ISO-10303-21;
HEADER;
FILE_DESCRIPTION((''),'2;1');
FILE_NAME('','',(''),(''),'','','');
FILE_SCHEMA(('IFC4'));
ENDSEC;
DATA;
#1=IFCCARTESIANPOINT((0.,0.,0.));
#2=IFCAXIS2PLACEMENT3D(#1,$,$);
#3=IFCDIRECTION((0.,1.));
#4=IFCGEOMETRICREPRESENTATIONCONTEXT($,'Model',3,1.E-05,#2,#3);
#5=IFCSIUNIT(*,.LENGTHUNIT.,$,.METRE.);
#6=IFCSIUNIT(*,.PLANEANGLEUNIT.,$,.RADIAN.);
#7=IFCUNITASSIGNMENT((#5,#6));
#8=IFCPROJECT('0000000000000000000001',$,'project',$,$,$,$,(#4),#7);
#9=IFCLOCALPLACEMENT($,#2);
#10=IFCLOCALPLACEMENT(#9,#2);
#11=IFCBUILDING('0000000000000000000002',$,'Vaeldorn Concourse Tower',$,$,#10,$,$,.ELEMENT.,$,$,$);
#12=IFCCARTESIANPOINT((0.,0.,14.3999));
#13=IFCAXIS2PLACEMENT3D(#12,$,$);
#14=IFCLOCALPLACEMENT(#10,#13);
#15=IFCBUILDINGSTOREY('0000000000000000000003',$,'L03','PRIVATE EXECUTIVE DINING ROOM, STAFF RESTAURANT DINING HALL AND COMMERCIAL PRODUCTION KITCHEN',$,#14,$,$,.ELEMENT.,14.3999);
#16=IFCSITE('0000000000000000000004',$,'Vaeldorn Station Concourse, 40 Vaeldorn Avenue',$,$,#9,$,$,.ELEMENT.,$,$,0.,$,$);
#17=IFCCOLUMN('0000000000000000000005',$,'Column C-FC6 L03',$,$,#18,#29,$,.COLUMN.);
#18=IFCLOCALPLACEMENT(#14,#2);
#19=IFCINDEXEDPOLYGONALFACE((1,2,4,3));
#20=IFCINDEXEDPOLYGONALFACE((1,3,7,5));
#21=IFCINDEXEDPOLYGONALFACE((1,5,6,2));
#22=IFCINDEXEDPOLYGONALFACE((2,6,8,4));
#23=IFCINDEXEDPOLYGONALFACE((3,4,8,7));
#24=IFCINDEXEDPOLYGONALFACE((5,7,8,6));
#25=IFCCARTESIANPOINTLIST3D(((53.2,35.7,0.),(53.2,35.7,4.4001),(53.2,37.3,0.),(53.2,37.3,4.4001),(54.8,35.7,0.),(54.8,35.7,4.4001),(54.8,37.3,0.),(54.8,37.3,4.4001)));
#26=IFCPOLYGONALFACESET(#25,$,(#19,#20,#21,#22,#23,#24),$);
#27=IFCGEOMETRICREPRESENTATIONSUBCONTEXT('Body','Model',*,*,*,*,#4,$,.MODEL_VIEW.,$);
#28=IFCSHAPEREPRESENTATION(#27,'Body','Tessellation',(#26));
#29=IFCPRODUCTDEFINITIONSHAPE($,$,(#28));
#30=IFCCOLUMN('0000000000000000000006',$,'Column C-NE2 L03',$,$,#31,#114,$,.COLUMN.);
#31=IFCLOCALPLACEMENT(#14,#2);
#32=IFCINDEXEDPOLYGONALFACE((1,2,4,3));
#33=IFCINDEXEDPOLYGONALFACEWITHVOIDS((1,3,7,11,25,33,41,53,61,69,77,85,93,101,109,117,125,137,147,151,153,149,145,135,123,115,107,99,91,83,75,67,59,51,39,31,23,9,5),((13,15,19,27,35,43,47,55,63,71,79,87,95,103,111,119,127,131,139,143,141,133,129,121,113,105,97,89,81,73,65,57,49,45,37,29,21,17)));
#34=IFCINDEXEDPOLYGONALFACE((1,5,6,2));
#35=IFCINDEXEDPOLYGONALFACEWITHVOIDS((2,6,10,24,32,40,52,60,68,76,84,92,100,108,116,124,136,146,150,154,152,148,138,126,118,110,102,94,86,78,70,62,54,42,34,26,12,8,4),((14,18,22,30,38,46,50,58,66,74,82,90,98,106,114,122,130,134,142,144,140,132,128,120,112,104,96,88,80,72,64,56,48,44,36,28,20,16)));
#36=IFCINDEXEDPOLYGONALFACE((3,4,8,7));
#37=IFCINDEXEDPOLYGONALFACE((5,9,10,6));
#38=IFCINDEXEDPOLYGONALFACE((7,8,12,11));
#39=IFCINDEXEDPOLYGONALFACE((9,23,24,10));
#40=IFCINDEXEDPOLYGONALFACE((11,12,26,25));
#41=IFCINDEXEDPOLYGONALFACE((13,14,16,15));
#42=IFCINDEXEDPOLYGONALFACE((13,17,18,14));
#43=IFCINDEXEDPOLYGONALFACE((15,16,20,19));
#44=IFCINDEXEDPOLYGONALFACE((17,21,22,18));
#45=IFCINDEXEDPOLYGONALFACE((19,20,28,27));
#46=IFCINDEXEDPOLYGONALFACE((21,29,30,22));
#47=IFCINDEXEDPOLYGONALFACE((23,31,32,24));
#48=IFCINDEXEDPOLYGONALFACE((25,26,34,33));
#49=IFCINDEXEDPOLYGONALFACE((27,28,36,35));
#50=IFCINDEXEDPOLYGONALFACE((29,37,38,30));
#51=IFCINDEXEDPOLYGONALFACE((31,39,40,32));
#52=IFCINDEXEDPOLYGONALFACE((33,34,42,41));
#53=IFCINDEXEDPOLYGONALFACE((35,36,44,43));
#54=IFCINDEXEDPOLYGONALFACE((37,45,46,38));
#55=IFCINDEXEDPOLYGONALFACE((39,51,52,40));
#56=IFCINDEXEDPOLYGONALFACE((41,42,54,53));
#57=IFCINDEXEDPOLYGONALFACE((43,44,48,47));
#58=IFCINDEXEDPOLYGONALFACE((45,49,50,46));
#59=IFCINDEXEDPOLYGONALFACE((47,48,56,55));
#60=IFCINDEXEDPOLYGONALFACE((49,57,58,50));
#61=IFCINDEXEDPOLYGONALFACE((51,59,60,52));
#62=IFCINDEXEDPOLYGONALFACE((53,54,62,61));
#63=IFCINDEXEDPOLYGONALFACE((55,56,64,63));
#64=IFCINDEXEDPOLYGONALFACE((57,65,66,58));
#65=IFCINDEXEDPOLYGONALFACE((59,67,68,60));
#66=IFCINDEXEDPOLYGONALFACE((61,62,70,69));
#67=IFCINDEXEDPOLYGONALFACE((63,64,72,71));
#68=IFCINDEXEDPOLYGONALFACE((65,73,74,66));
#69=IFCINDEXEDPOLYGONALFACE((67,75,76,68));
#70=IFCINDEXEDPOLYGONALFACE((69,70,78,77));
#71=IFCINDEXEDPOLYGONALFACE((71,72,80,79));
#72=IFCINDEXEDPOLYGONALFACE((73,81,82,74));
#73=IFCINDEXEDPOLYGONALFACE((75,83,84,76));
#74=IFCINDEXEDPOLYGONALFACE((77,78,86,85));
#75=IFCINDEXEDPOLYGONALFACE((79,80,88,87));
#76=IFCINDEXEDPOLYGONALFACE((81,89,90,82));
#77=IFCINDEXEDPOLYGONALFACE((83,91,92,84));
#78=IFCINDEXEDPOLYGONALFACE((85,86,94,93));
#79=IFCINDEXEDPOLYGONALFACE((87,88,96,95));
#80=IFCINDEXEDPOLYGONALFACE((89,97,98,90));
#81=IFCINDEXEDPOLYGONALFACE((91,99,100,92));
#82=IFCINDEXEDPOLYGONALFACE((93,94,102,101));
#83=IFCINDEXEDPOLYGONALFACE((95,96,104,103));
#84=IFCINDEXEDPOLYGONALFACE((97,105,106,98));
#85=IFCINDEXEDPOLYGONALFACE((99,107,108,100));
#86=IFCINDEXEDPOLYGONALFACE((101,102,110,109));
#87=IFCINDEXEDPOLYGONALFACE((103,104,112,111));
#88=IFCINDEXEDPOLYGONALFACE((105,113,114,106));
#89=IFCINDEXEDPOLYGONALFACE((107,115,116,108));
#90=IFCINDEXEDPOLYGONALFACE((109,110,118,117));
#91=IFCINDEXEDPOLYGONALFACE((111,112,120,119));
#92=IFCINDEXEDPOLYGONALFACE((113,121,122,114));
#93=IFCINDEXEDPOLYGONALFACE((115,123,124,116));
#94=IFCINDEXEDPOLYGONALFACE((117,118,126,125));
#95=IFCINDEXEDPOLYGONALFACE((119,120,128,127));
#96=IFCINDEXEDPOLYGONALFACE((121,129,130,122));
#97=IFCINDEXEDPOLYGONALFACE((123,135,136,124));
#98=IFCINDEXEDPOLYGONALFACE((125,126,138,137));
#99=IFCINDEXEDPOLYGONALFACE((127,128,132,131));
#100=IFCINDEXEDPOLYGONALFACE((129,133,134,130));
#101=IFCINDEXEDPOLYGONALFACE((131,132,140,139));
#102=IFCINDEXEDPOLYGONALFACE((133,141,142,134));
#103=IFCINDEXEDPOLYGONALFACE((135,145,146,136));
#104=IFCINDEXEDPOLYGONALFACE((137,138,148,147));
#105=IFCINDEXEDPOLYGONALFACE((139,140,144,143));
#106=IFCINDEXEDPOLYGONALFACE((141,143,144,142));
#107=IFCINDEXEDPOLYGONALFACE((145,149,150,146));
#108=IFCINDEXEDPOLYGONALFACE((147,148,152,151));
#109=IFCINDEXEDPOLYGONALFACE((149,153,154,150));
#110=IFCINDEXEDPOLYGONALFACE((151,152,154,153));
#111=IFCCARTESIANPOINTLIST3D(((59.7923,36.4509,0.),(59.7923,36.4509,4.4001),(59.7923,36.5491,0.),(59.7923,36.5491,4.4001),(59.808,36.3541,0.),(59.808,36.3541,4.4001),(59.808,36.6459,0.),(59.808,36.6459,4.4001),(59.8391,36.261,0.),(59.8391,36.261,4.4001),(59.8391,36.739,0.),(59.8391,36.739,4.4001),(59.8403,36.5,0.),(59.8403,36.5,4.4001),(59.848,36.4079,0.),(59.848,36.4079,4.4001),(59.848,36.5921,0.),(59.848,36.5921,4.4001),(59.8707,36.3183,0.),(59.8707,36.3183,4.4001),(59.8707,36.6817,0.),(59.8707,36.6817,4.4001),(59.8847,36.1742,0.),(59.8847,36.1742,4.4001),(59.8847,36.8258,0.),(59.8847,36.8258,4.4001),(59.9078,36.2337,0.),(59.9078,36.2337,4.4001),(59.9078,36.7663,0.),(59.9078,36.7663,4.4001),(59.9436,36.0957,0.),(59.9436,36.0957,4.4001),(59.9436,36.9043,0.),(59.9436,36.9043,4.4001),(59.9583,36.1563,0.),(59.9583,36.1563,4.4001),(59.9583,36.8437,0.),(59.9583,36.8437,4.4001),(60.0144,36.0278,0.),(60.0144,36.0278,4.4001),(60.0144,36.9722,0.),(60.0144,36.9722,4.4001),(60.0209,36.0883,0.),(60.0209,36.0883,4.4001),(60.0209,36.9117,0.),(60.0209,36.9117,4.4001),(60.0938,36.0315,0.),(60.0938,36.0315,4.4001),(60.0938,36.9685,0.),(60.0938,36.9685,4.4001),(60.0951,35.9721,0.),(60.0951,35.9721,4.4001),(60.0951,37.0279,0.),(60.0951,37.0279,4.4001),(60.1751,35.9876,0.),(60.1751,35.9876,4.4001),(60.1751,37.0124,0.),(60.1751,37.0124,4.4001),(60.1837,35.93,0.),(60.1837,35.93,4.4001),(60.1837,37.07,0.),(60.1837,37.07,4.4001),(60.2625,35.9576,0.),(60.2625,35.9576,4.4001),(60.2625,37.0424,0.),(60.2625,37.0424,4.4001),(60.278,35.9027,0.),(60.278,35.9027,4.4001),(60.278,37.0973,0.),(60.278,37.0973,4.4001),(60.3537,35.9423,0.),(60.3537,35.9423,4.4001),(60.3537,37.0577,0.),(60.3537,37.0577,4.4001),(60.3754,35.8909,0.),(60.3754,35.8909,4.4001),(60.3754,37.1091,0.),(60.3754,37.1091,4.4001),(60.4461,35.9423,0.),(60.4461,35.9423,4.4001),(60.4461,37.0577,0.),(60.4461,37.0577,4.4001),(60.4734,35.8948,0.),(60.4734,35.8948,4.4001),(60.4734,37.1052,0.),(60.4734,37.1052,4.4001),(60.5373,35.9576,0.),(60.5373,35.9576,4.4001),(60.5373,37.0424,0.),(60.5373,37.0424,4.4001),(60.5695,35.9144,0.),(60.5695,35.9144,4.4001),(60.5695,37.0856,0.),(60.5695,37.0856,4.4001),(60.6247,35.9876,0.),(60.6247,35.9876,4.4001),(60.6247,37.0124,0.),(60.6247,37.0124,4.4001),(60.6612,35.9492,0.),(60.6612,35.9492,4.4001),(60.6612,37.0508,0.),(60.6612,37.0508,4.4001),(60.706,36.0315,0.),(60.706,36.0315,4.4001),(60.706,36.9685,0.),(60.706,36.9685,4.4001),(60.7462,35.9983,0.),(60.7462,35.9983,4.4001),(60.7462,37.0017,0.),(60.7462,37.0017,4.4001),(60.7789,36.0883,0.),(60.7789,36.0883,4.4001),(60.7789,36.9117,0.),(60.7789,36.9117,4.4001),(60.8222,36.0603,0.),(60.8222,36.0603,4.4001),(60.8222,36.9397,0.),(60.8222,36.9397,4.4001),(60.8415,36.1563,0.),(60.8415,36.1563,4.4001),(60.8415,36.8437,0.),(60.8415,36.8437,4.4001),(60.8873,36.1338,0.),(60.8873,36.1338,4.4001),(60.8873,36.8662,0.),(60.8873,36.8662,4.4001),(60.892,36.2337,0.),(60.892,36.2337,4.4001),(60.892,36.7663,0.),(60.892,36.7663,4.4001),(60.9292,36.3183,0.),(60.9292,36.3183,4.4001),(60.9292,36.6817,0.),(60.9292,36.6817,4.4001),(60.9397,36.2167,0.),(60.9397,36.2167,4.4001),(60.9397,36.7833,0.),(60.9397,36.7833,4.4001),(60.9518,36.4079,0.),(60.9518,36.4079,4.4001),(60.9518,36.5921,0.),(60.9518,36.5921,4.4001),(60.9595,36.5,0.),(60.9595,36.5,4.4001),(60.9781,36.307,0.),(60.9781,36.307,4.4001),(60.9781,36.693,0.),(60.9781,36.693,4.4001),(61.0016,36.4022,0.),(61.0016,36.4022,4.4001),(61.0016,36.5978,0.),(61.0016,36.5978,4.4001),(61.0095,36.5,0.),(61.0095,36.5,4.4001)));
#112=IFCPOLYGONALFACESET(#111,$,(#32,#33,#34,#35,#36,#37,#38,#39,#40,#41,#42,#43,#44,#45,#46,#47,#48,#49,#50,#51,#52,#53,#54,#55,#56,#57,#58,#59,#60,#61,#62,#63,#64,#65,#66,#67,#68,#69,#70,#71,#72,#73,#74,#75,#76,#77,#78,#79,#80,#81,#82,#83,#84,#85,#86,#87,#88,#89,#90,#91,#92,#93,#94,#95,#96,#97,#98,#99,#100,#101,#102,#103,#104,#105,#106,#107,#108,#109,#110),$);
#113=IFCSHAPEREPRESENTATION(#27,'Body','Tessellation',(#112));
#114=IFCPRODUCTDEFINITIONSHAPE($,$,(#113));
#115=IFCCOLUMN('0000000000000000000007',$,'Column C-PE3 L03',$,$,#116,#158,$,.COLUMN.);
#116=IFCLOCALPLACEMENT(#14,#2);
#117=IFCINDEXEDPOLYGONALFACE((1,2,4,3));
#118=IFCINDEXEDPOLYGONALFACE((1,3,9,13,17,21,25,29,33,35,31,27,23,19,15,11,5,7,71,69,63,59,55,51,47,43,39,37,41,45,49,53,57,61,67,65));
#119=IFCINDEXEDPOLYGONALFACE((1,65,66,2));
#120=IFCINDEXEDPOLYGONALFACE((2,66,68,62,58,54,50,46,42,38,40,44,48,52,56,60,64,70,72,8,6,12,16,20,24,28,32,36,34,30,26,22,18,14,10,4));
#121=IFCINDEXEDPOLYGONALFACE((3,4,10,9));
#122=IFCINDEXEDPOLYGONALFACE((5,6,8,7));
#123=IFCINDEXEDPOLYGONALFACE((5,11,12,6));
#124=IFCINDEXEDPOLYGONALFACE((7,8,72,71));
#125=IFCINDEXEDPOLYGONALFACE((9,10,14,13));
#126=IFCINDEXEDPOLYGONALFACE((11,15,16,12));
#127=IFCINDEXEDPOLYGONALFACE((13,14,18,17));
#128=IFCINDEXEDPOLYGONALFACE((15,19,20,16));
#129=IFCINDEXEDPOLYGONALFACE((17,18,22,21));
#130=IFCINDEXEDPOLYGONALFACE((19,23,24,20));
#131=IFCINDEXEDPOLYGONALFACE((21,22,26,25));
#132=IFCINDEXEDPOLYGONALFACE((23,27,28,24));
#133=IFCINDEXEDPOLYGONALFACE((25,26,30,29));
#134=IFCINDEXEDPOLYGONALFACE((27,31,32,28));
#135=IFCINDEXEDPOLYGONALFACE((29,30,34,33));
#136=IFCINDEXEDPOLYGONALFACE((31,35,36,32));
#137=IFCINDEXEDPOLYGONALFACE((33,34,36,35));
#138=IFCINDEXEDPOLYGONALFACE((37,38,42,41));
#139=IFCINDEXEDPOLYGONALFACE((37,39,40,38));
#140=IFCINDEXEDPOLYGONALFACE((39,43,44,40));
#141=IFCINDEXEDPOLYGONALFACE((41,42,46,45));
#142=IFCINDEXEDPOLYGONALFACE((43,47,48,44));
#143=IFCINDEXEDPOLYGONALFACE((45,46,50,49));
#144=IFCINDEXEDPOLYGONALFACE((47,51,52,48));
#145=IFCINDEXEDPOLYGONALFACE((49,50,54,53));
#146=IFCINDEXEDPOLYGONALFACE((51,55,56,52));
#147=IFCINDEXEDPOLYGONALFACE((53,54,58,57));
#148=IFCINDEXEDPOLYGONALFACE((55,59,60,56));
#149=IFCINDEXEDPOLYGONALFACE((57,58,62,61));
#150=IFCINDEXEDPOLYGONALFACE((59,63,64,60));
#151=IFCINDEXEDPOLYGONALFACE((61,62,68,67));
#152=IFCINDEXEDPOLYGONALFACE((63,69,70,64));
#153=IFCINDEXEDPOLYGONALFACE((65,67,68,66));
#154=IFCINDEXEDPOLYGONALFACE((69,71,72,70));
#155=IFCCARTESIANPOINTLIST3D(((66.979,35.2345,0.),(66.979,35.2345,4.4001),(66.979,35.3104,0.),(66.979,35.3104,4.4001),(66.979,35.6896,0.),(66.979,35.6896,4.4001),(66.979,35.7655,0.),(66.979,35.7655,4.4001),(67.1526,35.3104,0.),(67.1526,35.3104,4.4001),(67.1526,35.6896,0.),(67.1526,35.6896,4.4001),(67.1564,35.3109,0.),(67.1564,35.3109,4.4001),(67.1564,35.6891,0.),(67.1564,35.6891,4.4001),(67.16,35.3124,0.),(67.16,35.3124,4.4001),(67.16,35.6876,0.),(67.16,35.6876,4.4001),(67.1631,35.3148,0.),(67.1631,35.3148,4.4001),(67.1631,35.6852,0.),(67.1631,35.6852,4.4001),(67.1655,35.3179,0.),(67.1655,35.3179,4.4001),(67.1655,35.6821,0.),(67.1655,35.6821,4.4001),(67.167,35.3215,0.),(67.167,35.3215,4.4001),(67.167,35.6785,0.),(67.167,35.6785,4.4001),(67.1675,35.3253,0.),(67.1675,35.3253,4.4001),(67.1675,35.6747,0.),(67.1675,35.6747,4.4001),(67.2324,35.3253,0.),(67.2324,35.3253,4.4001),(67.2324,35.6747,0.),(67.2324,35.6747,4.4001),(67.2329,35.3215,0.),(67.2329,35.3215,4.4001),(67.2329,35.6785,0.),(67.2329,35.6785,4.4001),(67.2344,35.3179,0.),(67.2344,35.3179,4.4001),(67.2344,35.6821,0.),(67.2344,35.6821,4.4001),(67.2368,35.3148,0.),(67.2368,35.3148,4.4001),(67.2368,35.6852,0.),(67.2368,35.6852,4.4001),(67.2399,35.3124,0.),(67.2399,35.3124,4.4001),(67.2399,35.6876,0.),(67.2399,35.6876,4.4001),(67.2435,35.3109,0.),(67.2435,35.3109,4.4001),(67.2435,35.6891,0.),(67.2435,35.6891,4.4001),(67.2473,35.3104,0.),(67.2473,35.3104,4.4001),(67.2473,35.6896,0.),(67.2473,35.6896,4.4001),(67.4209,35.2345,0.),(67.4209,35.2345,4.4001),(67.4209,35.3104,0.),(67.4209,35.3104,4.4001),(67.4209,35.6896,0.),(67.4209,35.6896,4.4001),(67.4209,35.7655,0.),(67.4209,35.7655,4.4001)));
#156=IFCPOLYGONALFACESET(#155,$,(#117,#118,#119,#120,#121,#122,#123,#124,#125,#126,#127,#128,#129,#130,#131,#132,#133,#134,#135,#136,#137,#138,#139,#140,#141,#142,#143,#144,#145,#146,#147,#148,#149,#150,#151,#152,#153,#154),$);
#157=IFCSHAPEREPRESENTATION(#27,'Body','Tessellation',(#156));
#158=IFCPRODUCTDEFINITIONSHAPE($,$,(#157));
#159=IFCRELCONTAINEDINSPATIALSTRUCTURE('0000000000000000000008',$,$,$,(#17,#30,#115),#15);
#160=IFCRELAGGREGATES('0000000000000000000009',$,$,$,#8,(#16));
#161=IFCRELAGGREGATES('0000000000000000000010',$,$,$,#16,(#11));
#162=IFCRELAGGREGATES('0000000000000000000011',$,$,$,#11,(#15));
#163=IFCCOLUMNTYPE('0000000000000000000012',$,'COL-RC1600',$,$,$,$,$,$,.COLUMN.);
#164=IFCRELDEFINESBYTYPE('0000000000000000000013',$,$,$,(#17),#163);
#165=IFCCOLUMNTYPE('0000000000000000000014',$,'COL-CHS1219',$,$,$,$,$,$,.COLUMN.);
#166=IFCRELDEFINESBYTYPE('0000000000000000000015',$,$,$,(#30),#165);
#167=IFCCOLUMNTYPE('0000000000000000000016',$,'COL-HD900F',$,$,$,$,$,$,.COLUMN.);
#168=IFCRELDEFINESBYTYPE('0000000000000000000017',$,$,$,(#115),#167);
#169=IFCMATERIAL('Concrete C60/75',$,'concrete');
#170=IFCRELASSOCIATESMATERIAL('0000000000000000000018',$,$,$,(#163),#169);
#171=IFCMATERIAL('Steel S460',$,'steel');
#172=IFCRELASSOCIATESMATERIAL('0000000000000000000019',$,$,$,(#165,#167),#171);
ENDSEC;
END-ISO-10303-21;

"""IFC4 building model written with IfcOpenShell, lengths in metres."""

from ifc_helpers import new_model, si_unit, direction, frame, origin, origin_2d, place, context, subcontext, project, spatial, rectangle, hollow_circle, i_section, extrude, source, transform, mapped, material, material_profile, profile_set, type_object, element, save


model = new_model("IFC4")

# Units and contexts
model_context = context("Model", 3, precision=1e-05, world=origin(), true_north=direction((0.0, 1.0)))
body_context = subcontext(model_context, "Body", "Model", "MODEL_VIEW")
ifc_project = project(units=[si_unit("LENGTHUNIT", "METRE"), si_unit("PLANEANGLEUNIT", "RADIAN")], contexts=[model_context])

# Site, building, storey
site_placement = place(None, origin())
site = spatial("IfcSite", under=ifc_project, at=site_placement, Name="Vaeldorn Station Concourse, 40 Vaeldorn Avenue", CompositionType="ELEMENT", RefElevation=0.0)
building_placement = place(site_placement, origin())
building = spatial("IfcBuilding", under=site, at=building_placement, Name="Vaeldorn Concourse Tower", CompositionType="ELEMENT")
storey_placement = place(building_placement, frame((0.0, 0.0, 14.3999)))
storey = spatial("IfcBuildingStorey", under=building, at=storey_placement, Name="L03", Description="PRIVATE EXECUTIVE DINING ROOM, STAFF RESTAURANT DINING HALL AND COMMERCIAL PRODUCTION KITCHEN", CompositionType="ELEMENT", Elevation=14.3999)

# Columns
ifc_material_1 = material(Name="Concrete C60/75", Category="concrete")
ifc_material_profile_1 = material_profile(ifc_material_1, rectangle(XDim=1.6001, YDim=1.6001, at=origin_2d()), Name="RC 1600x1600")
ifc_profile_set_1 = profile_set([ifc_material_profile_1], Name="Concrete C60/75")
column_type_1 = type_object("IfcColumnType", Name="COL-RC1600", PredefinedType="COLUMN", material=ifc_profile_set_1)
shared_shape_1 = source(origin(), body_context, "Body", "SweptSolid", [
    extrude(rectangle(XDim=1.6001, YDim=1.6001, at=origin_2d()), origin(), (0.0, 0.0, 1.0), 4.4001),
])
column_1_placement = place(storey_placement, frame((54.0, 36.5, 0.0), z_axis=(0.0, 0.0, 1.0), x_axis=(1.0, 0.0, 0.0)))
element("IfcColumn", 1, at=column_1_placement, inside=storey, type_object=column_type_1, Name="Column C-FC6 L03", PredefinedType="COLUMN", context=body_context, shape_type="MappedRepresentation", body=[
    mapped(shared_shape_1, transform((0.0, 0.0, 0.0), scale=1.0)),
])
ifc_material_2 = material(Name="Steel S460", Category="steel")
ifc_material_profile_2 = material_profile(ifc_material_2, hollow_circle(Radius=0.6096, WallThickness=0.05, at=origin_2d()), Name="CHS 1219x50")
ifc_profile_set_2 = profile_set([ifc_material_profile_2], Name="Steel S460")
column_type_2 = type_object("IfcColumnType", Name="COL-CHS1219", PredefinedType="COLUMN", material=ifc_profile_set_2)
shared_shape_2 = source(origin(), body_context, "Body", "SweptSolid", [
    extrude(hollow_circle(Radius=0.6096, WallThickness=0.05, at=origin_2d()), origin(), (0.0, 0.0, 1.0), 4.4001),
])
column_2_placement = place(storey_placement, frame((60.3999, 36.5, 0.0), z_axis=(0.0, 0.0, 1.0), x_axis=(1.0, 0.0, 0.0)))
element("IfcColumn", 2, at=column_2_placement, inside=storey, type_object=column_type_2, Name="Column C-NE2 L03", PredefinedType="COLUMN", context=body_context, shape_type="MappedRepresentation", body=[
    mapped(shared_shape_2, transform((0.0, 0.0, 0.0), scale=1.0)),
])
ifc_material_profile_3 = material_profile(ifc_material_2, i_section(OverallWidth=0.4419, OverallDepth=0.531, WebThickness=0.0649, FlangeThickness=0.0759, FilletRadius=0.0149, at=origin_2d()), Name="HD 400x900")
ifc_profile_set_3 = profile_set([ifc_material_profile_3], Name="Steel S460")
column_type_3 = type_object("IfcColumnType", Name="COL-HD900F", PredefinedType="COLUMN", material=ifc_profile_set_3)
shared_shape_3 = source(origin(), body_context, "Body", "SweptSolid", [
    extrude(i_section(OverallWidth=0.4419, OverallDepth=0.531, WebThickness=0.0649, FlangeThickness=0.0759, FilletRadius=0.0149, at=origin_2d()), origin(), (0.0, 0.0, 1.0), 4.4001),
])
for number, where, z_axis, x_axis, name in (
    (3, (67.2, 35.5, 0.0), (0.0, 0.0, 1.0), (1.0, 0.0, 0.0), "Column C-PE3 L03"),
):
    element("IfcColumn", number, at=place(storey_placement, frame(where, z_axis=z_axis, x_axis=x_axis)), inside=storey, type_object=column_type_3, Name=name, PredefinedType="COLUMN", context=body_context, shape_type="MappedRepresentation", body=[
        mapped(shared_shape_3, transform((0.0, 0.0, 0.0), scale=1.0)),
    ])

save(model, "model.ifc")
